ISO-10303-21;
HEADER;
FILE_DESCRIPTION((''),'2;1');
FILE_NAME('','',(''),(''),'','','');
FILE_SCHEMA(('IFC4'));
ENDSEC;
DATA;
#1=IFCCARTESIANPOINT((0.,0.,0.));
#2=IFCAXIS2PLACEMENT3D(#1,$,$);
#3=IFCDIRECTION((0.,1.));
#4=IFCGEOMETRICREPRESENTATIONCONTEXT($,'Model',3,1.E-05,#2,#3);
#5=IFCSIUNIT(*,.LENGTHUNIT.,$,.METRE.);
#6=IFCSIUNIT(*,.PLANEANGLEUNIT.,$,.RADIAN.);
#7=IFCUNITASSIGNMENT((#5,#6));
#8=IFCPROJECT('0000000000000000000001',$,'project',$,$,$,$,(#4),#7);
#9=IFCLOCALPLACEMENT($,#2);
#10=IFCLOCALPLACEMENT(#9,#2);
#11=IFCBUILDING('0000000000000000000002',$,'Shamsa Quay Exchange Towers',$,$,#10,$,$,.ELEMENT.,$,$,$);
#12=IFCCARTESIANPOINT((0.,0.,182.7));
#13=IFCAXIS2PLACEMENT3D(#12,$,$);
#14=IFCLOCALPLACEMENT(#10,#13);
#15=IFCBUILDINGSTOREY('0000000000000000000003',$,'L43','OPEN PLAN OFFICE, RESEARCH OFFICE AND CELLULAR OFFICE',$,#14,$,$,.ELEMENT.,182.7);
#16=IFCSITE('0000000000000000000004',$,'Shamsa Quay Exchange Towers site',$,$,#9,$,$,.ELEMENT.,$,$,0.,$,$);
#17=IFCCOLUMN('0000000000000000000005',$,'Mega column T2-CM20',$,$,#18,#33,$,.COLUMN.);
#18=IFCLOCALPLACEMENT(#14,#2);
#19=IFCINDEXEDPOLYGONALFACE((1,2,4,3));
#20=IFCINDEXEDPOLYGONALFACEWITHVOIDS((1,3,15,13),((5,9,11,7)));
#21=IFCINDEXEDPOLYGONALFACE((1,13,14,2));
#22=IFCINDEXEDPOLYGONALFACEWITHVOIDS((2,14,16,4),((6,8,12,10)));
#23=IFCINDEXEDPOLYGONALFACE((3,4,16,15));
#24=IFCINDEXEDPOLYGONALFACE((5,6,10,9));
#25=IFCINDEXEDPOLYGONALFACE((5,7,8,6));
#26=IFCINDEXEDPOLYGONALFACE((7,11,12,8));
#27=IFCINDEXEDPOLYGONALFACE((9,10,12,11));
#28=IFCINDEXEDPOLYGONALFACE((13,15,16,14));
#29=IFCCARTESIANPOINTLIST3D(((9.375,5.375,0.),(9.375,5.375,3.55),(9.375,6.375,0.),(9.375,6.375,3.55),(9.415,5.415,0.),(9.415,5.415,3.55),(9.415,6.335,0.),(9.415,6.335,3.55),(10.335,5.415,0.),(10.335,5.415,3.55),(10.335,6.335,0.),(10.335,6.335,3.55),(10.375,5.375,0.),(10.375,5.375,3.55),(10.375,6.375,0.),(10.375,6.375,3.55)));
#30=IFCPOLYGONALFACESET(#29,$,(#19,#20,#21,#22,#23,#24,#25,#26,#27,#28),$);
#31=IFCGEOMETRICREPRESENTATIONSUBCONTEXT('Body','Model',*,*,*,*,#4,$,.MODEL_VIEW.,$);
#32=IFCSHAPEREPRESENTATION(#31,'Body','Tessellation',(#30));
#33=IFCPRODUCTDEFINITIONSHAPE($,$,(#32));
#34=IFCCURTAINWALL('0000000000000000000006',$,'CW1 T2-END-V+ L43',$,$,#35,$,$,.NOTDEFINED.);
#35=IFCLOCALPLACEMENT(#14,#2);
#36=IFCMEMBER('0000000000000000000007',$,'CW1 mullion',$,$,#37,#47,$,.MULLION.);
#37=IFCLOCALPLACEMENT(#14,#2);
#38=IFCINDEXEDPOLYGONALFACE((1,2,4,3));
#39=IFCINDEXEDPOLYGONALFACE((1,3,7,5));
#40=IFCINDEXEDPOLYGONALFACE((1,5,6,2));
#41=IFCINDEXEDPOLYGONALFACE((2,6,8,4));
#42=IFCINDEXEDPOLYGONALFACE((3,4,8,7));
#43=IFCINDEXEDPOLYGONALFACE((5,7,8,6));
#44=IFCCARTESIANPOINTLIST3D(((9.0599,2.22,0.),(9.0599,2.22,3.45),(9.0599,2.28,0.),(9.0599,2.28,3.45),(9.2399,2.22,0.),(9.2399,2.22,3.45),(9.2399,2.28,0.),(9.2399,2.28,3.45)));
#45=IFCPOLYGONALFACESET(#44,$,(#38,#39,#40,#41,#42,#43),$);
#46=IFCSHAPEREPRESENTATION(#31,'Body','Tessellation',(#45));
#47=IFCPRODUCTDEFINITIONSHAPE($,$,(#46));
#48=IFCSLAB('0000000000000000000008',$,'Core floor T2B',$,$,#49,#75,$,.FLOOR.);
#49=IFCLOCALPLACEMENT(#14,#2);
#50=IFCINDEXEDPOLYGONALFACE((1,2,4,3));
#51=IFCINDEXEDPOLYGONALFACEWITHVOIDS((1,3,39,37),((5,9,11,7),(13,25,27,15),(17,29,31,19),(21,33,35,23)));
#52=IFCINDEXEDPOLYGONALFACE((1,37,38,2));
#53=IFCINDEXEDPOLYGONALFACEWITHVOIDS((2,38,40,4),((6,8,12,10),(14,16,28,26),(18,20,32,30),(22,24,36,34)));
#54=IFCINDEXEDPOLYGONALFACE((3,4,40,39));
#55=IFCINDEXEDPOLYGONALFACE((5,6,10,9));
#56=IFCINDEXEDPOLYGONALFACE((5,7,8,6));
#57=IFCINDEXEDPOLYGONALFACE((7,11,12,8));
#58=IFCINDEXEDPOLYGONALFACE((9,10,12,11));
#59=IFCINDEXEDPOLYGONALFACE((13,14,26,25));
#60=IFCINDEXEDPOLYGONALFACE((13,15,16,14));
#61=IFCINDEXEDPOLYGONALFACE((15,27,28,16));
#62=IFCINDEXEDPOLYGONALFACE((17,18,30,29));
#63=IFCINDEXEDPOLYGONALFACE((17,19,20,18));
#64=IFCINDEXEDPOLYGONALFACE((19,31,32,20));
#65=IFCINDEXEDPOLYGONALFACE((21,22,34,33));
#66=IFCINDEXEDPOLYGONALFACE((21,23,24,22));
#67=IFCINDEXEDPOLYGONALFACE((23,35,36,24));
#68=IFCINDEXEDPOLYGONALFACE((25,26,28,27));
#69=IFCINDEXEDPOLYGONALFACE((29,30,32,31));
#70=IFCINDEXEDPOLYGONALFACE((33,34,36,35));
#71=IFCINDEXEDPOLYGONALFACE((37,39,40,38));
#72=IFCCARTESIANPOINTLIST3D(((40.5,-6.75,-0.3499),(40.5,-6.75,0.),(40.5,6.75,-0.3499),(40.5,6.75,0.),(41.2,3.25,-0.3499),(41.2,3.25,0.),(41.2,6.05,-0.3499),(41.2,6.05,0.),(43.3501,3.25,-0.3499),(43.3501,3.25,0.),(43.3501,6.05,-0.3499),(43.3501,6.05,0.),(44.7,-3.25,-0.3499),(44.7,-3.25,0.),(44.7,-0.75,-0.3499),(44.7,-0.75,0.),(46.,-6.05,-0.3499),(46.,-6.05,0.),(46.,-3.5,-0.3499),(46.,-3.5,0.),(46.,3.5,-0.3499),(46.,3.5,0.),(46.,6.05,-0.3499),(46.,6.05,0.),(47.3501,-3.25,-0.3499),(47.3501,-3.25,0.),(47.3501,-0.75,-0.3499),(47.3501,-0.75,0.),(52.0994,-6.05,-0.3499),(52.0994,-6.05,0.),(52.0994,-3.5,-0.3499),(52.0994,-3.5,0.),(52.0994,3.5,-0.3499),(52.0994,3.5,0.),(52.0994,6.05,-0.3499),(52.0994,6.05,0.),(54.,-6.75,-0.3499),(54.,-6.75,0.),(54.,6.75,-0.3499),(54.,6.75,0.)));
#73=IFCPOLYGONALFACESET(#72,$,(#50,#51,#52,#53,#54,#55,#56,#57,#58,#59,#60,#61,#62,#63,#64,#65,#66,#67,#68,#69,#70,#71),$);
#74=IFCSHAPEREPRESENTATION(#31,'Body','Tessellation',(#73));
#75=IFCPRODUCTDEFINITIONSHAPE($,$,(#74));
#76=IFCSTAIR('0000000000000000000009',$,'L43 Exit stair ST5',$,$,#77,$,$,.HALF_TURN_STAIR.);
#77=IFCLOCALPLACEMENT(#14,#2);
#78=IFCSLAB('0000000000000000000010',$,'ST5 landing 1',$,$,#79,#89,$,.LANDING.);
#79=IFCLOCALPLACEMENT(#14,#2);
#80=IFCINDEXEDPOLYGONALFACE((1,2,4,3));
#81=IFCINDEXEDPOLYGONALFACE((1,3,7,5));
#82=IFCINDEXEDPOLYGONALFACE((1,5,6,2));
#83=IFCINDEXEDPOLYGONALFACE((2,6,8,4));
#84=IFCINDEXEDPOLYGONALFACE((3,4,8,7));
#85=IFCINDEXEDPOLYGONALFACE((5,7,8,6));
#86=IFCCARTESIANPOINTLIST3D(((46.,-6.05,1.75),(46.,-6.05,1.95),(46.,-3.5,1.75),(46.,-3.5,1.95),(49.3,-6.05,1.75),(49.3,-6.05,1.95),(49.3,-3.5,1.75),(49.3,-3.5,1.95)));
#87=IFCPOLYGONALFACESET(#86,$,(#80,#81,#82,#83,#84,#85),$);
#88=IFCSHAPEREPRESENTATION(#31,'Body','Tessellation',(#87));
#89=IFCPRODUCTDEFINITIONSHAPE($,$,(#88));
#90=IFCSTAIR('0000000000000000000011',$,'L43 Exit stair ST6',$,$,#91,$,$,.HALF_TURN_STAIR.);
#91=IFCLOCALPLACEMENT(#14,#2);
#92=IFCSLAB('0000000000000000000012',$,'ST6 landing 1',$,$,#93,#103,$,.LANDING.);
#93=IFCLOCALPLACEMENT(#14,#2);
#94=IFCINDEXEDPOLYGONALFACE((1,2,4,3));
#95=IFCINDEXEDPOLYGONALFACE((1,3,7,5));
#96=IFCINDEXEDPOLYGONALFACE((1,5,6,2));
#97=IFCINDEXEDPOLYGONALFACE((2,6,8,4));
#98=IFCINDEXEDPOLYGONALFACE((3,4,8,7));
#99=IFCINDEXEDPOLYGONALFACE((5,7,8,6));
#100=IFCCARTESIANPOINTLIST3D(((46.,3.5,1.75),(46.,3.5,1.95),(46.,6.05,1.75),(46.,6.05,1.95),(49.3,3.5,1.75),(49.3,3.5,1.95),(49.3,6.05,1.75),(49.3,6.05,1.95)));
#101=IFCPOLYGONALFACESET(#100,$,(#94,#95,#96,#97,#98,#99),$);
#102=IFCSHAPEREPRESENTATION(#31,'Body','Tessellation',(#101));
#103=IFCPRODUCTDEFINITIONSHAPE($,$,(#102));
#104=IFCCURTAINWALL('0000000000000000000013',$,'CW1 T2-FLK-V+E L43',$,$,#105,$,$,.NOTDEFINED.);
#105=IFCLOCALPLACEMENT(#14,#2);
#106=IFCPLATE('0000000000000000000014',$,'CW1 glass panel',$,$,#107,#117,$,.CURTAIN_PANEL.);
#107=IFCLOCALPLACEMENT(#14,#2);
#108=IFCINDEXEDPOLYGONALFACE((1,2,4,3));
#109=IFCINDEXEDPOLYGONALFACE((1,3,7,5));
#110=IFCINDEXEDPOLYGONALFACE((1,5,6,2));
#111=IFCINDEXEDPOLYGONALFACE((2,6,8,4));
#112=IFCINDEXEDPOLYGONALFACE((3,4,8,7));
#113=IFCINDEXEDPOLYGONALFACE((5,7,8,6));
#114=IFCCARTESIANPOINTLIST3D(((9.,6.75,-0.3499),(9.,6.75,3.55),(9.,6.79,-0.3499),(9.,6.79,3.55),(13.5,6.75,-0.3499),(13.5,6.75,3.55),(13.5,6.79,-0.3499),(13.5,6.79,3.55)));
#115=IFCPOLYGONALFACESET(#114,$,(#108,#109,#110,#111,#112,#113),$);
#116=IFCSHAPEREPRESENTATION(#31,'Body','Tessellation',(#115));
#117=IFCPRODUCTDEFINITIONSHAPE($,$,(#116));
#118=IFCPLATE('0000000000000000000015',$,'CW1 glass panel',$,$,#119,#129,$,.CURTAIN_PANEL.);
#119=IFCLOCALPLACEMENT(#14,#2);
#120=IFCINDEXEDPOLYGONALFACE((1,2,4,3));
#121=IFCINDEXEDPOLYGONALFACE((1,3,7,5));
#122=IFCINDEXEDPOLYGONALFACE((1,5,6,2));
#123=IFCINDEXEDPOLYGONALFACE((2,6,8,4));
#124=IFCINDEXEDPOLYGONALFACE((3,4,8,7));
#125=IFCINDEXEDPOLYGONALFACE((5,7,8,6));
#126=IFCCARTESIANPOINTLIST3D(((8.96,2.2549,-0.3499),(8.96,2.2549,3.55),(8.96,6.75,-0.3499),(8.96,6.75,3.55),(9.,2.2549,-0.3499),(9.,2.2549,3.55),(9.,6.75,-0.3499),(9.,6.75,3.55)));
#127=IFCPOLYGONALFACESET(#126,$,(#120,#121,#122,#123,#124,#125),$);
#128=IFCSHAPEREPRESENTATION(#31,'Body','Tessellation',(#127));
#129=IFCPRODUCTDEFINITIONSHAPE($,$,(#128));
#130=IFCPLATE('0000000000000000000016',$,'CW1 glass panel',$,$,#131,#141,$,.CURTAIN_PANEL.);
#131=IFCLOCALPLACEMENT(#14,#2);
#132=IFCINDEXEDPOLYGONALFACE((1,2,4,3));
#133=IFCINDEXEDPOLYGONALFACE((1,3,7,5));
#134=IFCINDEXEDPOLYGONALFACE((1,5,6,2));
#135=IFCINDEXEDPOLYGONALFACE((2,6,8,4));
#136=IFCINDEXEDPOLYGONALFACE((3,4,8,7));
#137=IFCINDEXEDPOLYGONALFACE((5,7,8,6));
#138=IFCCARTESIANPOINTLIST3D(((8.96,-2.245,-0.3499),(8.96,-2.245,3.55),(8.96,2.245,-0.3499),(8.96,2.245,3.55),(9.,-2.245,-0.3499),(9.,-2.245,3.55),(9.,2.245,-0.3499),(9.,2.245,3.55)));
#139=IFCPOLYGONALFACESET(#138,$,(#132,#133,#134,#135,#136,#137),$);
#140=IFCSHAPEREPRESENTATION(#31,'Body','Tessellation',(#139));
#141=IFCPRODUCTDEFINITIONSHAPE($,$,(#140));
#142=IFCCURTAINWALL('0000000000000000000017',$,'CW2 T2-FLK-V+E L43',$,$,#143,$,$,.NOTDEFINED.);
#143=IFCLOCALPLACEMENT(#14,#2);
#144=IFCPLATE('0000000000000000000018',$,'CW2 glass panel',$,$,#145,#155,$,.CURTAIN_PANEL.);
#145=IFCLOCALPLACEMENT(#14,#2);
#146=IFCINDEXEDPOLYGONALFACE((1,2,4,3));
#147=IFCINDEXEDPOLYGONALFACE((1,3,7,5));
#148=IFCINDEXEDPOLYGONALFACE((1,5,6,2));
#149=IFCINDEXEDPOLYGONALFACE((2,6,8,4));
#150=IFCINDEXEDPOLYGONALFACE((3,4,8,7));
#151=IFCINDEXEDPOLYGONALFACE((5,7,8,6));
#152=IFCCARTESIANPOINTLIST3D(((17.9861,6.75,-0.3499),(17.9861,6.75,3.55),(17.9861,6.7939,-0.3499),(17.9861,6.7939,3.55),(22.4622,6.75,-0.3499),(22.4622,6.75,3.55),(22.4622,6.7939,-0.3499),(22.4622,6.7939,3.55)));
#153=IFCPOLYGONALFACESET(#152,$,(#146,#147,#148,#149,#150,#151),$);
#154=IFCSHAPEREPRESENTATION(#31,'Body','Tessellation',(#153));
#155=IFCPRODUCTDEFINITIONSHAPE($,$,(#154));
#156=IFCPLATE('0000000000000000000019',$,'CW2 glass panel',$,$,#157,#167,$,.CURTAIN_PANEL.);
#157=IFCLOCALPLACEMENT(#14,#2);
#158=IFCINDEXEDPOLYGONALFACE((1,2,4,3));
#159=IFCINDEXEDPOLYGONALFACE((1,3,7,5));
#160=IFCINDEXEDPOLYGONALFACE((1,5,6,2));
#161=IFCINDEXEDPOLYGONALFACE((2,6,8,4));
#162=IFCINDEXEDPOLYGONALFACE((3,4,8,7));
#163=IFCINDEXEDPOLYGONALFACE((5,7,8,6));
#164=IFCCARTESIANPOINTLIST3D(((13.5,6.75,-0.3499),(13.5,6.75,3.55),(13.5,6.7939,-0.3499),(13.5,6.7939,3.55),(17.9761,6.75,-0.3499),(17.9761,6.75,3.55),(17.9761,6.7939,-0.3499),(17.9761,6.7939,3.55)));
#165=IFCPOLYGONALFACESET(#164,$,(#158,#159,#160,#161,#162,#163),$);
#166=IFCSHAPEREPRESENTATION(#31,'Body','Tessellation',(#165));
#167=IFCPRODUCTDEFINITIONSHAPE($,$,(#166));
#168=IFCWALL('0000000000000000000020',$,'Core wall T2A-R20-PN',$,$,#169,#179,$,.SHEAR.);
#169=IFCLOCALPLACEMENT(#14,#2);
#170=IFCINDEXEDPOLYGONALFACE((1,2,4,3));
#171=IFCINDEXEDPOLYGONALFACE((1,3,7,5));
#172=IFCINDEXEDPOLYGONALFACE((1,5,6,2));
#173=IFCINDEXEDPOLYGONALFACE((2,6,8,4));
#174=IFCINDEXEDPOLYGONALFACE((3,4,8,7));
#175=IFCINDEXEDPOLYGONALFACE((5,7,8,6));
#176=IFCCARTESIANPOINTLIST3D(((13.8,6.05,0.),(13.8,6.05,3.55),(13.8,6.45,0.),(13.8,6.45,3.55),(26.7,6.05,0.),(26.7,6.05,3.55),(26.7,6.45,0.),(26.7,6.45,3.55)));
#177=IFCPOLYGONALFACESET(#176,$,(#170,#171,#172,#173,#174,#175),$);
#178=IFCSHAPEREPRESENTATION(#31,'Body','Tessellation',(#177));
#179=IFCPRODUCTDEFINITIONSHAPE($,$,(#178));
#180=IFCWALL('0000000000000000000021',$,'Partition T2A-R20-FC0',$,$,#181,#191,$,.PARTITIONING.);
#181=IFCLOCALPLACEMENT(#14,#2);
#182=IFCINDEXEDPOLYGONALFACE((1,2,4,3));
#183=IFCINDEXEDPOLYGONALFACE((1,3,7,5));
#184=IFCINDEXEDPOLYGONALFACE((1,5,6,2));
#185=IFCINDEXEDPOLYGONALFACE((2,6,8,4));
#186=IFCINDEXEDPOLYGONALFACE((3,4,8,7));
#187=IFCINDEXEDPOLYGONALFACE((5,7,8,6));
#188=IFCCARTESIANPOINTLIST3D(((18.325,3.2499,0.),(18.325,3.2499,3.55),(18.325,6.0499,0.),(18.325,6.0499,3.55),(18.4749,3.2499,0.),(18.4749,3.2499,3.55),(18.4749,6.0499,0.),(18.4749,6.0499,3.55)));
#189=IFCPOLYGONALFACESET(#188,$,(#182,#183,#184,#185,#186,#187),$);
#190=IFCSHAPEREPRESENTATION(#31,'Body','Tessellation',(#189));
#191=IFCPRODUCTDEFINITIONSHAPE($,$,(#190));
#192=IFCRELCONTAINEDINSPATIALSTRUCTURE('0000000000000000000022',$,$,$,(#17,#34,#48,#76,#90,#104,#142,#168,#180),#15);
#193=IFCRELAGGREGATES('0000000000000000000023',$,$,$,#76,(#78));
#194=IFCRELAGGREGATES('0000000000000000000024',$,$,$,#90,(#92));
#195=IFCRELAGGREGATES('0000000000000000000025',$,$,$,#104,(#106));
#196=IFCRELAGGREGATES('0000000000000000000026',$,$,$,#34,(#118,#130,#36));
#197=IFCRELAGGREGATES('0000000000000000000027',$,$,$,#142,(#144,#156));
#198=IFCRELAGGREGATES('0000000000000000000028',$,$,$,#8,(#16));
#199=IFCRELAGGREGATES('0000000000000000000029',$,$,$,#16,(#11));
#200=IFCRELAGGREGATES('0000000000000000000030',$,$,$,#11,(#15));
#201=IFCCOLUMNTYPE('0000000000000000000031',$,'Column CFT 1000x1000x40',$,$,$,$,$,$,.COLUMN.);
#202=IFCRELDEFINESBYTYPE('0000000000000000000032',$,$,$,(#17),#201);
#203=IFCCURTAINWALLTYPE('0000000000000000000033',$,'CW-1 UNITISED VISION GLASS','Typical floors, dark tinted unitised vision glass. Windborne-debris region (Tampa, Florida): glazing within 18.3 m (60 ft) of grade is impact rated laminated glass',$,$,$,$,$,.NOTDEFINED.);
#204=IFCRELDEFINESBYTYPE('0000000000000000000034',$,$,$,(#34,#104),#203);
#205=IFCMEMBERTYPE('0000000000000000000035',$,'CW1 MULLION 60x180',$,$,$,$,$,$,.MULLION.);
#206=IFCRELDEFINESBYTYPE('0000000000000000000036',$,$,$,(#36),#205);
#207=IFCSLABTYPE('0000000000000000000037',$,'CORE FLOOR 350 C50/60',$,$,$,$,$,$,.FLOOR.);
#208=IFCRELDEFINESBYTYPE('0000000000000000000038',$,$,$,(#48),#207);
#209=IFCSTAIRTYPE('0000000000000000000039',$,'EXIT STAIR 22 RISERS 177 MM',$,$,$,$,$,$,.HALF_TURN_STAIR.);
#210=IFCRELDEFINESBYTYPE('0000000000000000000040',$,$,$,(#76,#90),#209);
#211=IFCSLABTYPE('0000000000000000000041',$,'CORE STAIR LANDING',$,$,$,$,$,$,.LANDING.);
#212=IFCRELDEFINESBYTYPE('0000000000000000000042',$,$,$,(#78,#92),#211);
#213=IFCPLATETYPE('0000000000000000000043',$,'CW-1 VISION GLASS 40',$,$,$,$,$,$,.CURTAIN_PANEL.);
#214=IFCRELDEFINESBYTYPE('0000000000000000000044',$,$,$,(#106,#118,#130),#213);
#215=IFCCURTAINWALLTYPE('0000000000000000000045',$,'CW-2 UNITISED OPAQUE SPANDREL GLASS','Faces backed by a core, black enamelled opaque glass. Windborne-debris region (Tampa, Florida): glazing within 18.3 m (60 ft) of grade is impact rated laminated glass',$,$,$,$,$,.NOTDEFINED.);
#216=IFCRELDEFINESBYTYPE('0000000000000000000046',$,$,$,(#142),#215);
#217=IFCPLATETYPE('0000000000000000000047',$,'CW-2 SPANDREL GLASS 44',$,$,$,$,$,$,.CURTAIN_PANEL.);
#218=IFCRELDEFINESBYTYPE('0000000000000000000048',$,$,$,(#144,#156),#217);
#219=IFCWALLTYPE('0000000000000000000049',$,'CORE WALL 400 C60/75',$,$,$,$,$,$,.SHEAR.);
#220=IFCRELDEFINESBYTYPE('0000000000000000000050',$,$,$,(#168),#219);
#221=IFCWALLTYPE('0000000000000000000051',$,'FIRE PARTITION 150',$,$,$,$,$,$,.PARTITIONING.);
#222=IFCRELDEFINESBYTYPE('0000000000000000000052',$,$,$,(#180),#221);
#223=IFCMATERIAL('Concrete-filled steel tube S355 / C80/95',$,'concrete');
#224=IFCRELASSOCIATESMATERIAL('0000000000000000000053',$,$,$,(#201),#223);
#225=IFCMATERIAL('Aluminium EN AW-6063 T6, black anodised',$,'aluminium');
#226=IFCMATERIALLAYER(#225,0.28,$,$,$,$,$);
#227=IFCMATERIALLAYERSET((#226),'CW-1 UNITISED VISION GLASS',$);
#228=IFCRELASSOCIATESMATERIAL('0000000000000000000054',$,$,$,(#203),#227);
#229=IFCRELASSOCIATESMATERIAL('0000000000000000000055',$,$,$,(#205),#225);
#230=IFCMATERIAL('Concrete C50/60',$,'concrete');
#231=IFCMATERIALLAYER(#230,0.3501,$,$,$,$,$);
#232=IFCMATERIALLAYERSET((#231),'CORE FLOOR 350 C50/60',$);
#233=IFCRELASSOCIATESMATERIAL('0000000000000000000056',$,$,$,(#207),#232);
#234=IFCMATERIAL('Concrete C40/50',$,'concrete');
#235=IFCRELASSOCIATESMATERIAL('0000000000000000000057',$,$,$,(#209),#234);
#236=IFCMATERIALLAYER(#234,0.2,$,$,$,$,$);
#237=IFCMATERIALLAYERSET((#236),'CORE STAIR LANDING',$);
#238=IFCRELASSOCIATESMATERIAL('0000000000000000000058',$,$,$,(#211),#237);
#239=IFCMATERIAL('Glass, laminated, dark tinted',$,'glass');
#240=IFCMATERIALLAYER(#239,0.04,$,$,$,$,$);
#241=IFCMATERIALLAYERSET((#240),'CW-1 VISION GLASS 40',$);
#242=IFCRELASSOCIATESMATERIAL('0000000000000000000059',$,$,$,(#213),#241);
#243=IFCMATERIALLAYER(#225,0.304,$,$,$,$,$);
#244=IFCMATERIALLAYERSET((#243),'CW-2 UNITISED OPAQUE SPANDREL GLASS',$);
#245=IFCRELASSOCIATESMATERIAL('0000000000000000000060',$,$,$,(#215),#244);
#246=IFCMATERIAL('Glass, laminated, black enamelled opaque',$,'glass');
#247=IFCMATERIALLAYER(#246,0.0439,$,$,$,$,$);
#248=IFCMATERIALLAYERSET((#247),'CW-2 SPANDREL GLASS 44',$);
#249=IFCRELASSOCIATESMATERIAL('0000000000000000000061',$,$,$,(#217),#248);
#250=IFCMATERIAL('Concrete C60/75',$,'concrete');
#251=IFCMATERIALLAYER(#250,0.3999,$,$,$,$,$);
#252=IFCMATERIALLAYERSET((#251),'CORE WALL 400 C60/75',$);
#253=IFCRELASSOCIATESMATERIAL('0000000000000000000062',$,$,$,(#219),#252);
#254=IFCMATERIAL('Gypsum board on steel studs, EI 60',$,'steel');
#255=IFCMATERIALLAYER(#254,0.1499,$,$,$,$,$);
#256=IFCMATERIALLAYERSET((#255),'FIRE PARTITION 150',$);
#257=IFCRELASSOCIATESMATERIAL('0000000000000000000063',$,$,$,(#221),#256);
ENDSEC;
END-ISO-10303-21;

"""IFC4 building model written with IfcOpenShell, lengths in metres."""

from ifc_helpers import new_model, si_unit, direction, frame, frame_2d, origin, origin_2d, place, context, subcontext, project, spatial, polyline, rectangle, hollow_rectangle, outline, extrude, material, layer, layer_set, material_profile, profile_set, type_object, element, aggregate, save


model = new_model("IFC4")

# Units and contexts
model_context = context("Model", 3, precision=1e-05, world=origin(), true_north=direction((0.0, 1.0)))
body_context = subcontext(model_context, "Body", "Model", "MODEL_VIEW")
ifc_project = project(units=[si_unit("LENGTHUNIT", "METRE"), si_unit("PLANEANGLEUNIT", "RADIAN")], contexts=[model_context])

# Site, building, storey
site_placement = place(None, origin())
site = spatial("IfcSite", under=ifc_project, at=site_placement, Name="Shamsa Quay Exchange Towers site", CompositionType="ELEMENT", RefElevation=0.0)
building_placement = place(site_placement, origin())
building = spatial("IfcBuilding", under=site, at=building_placement, Name="Shamsa Quay Exchange Towers", CompositionType="ELEMENT")
storey_placement = place(building_placement, frame((0.0, 0.0, 182.7)))
storey = spatial("IfcBuildingStorey", under=building, at=storey_placement, Name="L43", Description="OPEN PLAN OFFICE, RESEARCH OFFICE AND CELLULAR OFFICE", CompositionType="ELEMENT", Elevation=182.7)

# Column
ifc_material_1 = material(Name="Concrete-filled steel tube S355 / C80/95", Category="concrete")
ifc_material_profile_1 = material_profile(ifc_material_1, hollow_rectangle(XDim=1.0, YDim=1.0, WallThickness=0.04, at=origin_2d()), Name="CFT 1000x1000x40")
ifc_profile_set_1 = profile_set([ifc_material_profile_1], Name="Concrete-filled steel tube S355 / C80/95")
column_type = type_object("IfcColumnType", Name="Column CFT 1000x1000x40", PredefinedType="COLUMN", material=ifc_profile_set_1)
column_placement = place(storey_placement, frame((9.875, 5.875, 0.0)))
element("IfcColumn", 1, at=column_placement, inside=storey, type_object=column_type, Name="Mega column T2-CM20", PredefinedType="COLUMN", context=body_context, shape_type="SweptSolid", body=[
    extrude(hollow_rectangle(XDim=1.0, YDim=1.0, WallThickness=0.04, at=origin_2d()), origin(), (0.0, 0.0, 1.0), 3.55),
])

# Curtain wall, member
ifc_material_2 = material(Name="Aluminium EN AW-6063 T6, black anodised", Category="aluminium")
ifc_layer_1 = layer(ifc_material_2, 0.28)
ifc_layer_set_1 = layer_set([ifc_layer_1], Name="CW-1 UNITISED VISION GLASS")
curtain_wall_type_1 = type_object("IfcCurtainWallType", Name="CW-1 UNITISED VISION GLASS", Description="Typical floors, dark tinted unitised vision glass. Windborne-debris region (Tampa, Florida): glazing within 18.3 m (60 ft) of grade is impact rated laminated glass", PredefinedType="NOTDEFINED", material=ifc_layer_set_1)
curtain_wall_1_placement = place(storey_placement, origin())
curtain_wall_1 = element("IfcCurtainWall", 2, at=curtain_wall_1_placement, inside=storey, type_object=curtain_wall_type_1, Name="CW1 T2-END-V+ L43", PredefinedType="NOTDEFINED")
ifc_material_profile_2 = material_profile(ifc_material_2, rectangle(XDim=0.1799, YDim=0.0601, at=origin_2d()), Name="MU60x180")
ifc_profile_set_2 = profile_set([ifc_material_profile_2], Name="Aluminium EN AW-6063 T6, black anodised")
member_type = type_object("IfcMemberType", Name="CW1 MULLION 60x180", PredefinedType="MULLION", material=ifc_profile_set_2)
member_placement = place(storey_placement, frame((9.1499, 2.25, 0.0)))
member = element("IfcMember", 3, at=member_placement, type_object=member_type, Name="CW1 mullion", PredefinedType="MULLION", context=body_context, shape_type="SweptSolid", body=[
    extrude(rectangle(XDim=0.1799, YDim=0.0601, at=origin_2d()), origin(), (0.0, 0.0, 1.0), 3.45),
])

# Slab
ifc_material_3 = material(Name="Concrete C50/60", Category="concrete")
ifc_layer_2 = layer(ifc_material_3, 0.3501)
ifc_layer_set_2 = layer_set([ifc_layer_2], Name="CORE FLOOR 350 C50/60")
slab_type_1 = type_object("IfcSlabType", Name="CORE FLOOR 350 C50/60", PredefinedType="FLOOR", material=ifc_layer_set_2)
slab_1_placement = place(storey_placement, frame((0.0, 0.0, -0.3499)))
element("IfcSlab", 4, at=slab_1_placement, inside=storey, type_object=slab_type_1, Name="Core floor T2B", PredefinedType="FLOOR", context=body_context, shape_type="SweptSolid", body=[
    extrude(outline(polyline([(54.0, -6.75), (54.0, 6.75), (40.5, 6.75), (40.5, -6.75), (54.0, -6.75)]), holes=[polyline([(52.0994, -3.5), (52.0994, -6.05), (46.0, -6.05), (46.0, -3.5), (52.0994, -3.5)]), polyline([(52.0994, 6.05), (52.0994, 3.5), (46.0, 3.5), (46.0, 6.05), (52.0994, 6.05)]), polyline([(43.3501, 3.25), (41.2, 3.25), (41.2, 6.05), (43.3501, 6.05), (43.3501, 3.25)]), polyline([(47.3501, -3.25), (44.7, -3.25), (44.7, -0.75), (47.3501, -0.75), (47.3501, -3.25)])]), origin(), (0.0, 0.0, 1.0), 0.3499),
])

# Stairs, slabs
ifc_material_4 = material(Name="Concrete C40/50", Category="concrete")
stair_type = type_object("IfcStairType", Name="EXIT STAIR 22 RISERS 177 MM", PredefinedType="HALF_TURN_STAIR", material=ifc_material_4)
stair_1_placement = place(storey_placement, origin())
stair_1 = element("IfcStair", 5, at=stair_1_placement, inside=storey, type_object=stair_type, Name="L43 Exit stair ST5", PredefinedType="HALF_TURN_STAIR")
ifc_layer_3 = layer(ifc_material_4, 0.2)
ifc_layer_set_3 = layer_set([ifc_layer_3], Name="CORE STAIR LANDING")
slab_type_2 = type_object("IfcSlabType", Name="CORE STAIR LANDING", PredefinedType="LANDING", material=ifc_layer_set_3)
slab_2_placement = place(storey_placement, frame((0.0, 0.0, 1.75)))
slab_2 = element("IfcSlab", 6, at=slab_2_placement, type_object=slab_type_2, Name="ST5 landing 1", PredefinedType="LANDING", context=body_context, shape_type="SweptSolid", body=[
    extrude(outline(polyline([(49.3, -3.5), (46.0, -3.5), (46.0, -6.05), (49.3, -6.05), (49.3, -3.5)])), origin(), (0.0, 0.0, 1.0), 0.2),
])
aggregate(stair_1, [slab_2])
stair_2_placement = place(storey_placement, origin())
stair_2 = element("IfcStair", 7, at=stair_2_placement, inside=storey, type_object=stair_type, Name="L43 Exit stair ST6", PredefinedType="HALF_TURN_STAIR")
slab_3_placement = place(storey_placement, frame((0.0, 0.0, 1.75)))
slab_3 = element("IfcSlab", 8, at=slab_3_placement, type_object=slab_type_2, Name="ST6 landing 1", PredefinedType="LANDING", context=body_context, shape_type="SweptSolid", body=[
    extrude(outline(polyline([(49.3, 6.05), (46.0, 6.05), (46.0, 3.5), (49.3, 3.5), (49.3, 6.05)])), origin(), (0.0, 0.0, 1.0), 0.2),
])
aggregate(stair_2, [slab_3])

# Curtain wall, plate
curtain_wall_2_placement = place(storey_placement, origin())
curtain_wall_2 = element("IfcCurtainWall", 9, at=curtain_wall_2_placement, inside=storey, type_object=curtain_wall_type_1, Name="CW1 T2-FLK-V+E L43", PredefinedType="NOTDEFINED")
ifc_material_5 = material(Name="Glass, laminated, dark tinted", Category="glass")
ifc_layer_4 = layer(ifc_material_5, 0.04)
ifc_layer_set_4 = layer_set([ifc_layer_4], Name="CW-1 VISION GLASS 40")
plate_type_1 = type_object("IfcPlateType", Name="CW-1 VISION GLASS 40", PredefinedType="CURTAIN_PANEL", material=ifc_layer_set_4)
plate_1_placement = place(storey_placement, frame((11.25, 6.77, -0.3499), z_axis=(0.0, 0.0, 1.0), x_axis=(-1.0, 0.0, 0.0)))
plate_1 = element("IfcPlate", 10, at=plate_1_placement, type_object=plate_type_1, Name="CW1 glass panel", PredefinedType="CURTAIN_PANEL", context=body_context, shape_type="SweptSolid", body=[
    extrude(rectangle(XDim=4.5, YDim=0.04, at=origin_2d()), origin(), (0.0, 0.0, 1.0), 3.8999),
])
aggregate(curtain_wall_2, [plate_1])

# Plates
plate_2_placement = place(storey_placement, frame((8.98, 4.5024, -0.3499), z_axis=(0.0, 0.0, 1.0), x_axis=(0.0, -1.0, 0.0)))
plate_2 = element("IfcPlate", 11, at=plate_2_placement, type_object=plate_type_1, Name="CW1 glass panel", PredefinedType="CURTAIN_PANEL", context=body_context, shape_type="SweptSolid", body=[
    extrude(rectangle(XDim=4.4951, YDim=0.04, at=origin_2d()), origin(), (0.0, 0.0, 1.0), 3.8999),
])
plate_3_placement = place(storey_placement, frame((8.98, 0.0, -0.3499), z_axis=(0.0, 0.0, 1.0), x_axis=(0.0, -1.0, 0.0)))
plate_3 = element("IfcPlate", 12, at=plate_3_placement, type_object=plate_type_1, Name="CW1 glass panel", PredefinedType="CURTAIN_PANEL", context=body_context, shape_type="SweptSolid", body=[
    extrude(rectangle(XDim=4.49, YDim=0.04, at=origin_2d()), origin(), (0.0, 0.0, 1.0), 3.8999),
])
aggregate(curtain_wall_1, [plate_2, plate_3, member])

# Curtain wall, plates
ifc_layer_5 = layer(ifc_material_2, 0.304)
ifc_layer_set_5 = layer_set([ifc_layer_5], Name="CW-2 UNITISED OPAQUE SPANDREL GLASS")
curtain_wall_type_2 = type_object("IfcCurtainWallType", Name="CW-2 UNITISED OPAQUE SPANDREL GLASS", Description="Faces backed by a core, black enamelled opaque glass. Windborne-debris region (Tampa, Florida): glazing within 18.3 m (60 ft) of grade is impact rated laminated glass", PredefinedType="NOTDEFINED", material=ifc_layer_set_5)
curtain_wall_3_placement = place(storey_placement, origin())
curtain_wall_3 = element("IfcCurtainWall", 13, at=curtain_wall_3_placement, inside=storey, type_object=curtain_wall_type_2, Name="CW2 T2-FLK-V+E L43", PredefinedType="NOTDEFINED")
ifc_material_6 = material(Name="Glass, laminated, black enamelled opaque", Category="glass")
ifc_layer_6 = layer(ifc_material_6, 0.0439)
ifc_layer_set_6 = layer_set([ifc_layer_6], Name="CW-2 SPANDREL GLASS 44")
plate_type_2 = type_object("IfcPlateType", Name="CW-2 SPANDREL GLASS 44", PredefinedType="CURTAIN_PANEL", material=ifc_layer_set_6)
plate_4_placement = place(storey_placement, frame((20.2241, 6.772, -0.3499), z_axis=(0.0, 0.0, 1.0), x_axis=(-1.0, 0.0, 0.0)))
plate_4 = element("IfcPlate", 14, at=plate_4_placement, type_object=plate_type_2, Name="CW2 glass panel", PredefinedType="CURTAIN_PANEL", context=body_context, shape_type="SweptSolid", body=[
    extrude(rectangle(XDim=4.4761, YDim=0.0439, at=origin_2d()), origin(), (0.0, 0.0, 1.0), 3.8999),
])
plate_5_placement = place(storey_placement, frame((15.738, 6.772, -0.3499), z_axis=(0.0, 0.0, 1.0), x_axis=(-1.0, 0.0, 0.0)))
plate_5 = element("IfcPlate", 15, at=plate_5_placement, type_object=plate_type_2, Name="CW2 glass panel", PredefinedType="CURTAIN_PANEL", context=body_context, shape_type="SweptSolid", body=[
    extrude(rectangle(XDim=4.4761, YDim=0.0439, at=origin_2d()), origin(), (0.0, 0.0, 1.0), 3.8999),
])
aggregate(curtain_wall_3, [plate_4, plate_5])

# Wall
ifc_material_7 = material(Name="Concrete C60/75", Category="concrete")
ifc_layer_7 = layer(ifc_material_7, 0.3999)
ifc_layer_set_7 = layer_set([ifc_layer_7], Name="CORE WALL 400 C60/75")
wall_type_1 = type_object("IfcWallType", Name="CORE WALL 400 C60/75", PredefinedType="SHEAR", material=ifc_layer_set_7)
wall_1_placement = place(storey_placement, frame((13.8, 6.25, 0.0)))
element("IfcWall", 16, at=wall_1_placement, inside=storey, type_object=wall_type_1, Name="Core wall T2A-R20-PN", PredefinedType="SHEAR", context=body_context, shape_type="SweptSolid", body=[
    extrude(rectangle(XDim=12.8999, YDim=0.3999, at=frame_2d((6.45, 0.0))), origin(), (0.0, 0.0, 1.0), 3.55),
])

# Wall
ifc_material_8 = material(Name="Gypsum board on steel studs, EI 60", Category="steel")
ifc_layer_8 = layer(ifc_material_8, 0.1499)
ifc_layer_set_8 = layer_set([ifc_layer_8], Name="FIRE PARTITION 150")
wall_type_2 = type_object("IfcWallType", Name="FIRE PARTITION 150", PredefinedType="PARTITIONING", material=ifc_layer_set_8)
wall_2_placement = place(storey_placement, frame((18.3999, 3.25, 0.0), z_axis=(0.0, 0.0, 1.0), x_axis=(0.0, 1.0, 0.0)))
element("IfcWall", 17, at=wall_2_placement, inside=storey, type_object=wall_type_2, Name="Partition T2A-R20-FC0", PredefinedType="PARTITIONING", context=body_context, shape_type="SweptSolid", body=[
    extrude(rectangle(XDim=2.8, YDim=0.1499, at=frame_2d((1.3999, 0.0))), origin(), (0.0, 0.0, 1.0), 3.55),
])

save(model, "model.ifc")
